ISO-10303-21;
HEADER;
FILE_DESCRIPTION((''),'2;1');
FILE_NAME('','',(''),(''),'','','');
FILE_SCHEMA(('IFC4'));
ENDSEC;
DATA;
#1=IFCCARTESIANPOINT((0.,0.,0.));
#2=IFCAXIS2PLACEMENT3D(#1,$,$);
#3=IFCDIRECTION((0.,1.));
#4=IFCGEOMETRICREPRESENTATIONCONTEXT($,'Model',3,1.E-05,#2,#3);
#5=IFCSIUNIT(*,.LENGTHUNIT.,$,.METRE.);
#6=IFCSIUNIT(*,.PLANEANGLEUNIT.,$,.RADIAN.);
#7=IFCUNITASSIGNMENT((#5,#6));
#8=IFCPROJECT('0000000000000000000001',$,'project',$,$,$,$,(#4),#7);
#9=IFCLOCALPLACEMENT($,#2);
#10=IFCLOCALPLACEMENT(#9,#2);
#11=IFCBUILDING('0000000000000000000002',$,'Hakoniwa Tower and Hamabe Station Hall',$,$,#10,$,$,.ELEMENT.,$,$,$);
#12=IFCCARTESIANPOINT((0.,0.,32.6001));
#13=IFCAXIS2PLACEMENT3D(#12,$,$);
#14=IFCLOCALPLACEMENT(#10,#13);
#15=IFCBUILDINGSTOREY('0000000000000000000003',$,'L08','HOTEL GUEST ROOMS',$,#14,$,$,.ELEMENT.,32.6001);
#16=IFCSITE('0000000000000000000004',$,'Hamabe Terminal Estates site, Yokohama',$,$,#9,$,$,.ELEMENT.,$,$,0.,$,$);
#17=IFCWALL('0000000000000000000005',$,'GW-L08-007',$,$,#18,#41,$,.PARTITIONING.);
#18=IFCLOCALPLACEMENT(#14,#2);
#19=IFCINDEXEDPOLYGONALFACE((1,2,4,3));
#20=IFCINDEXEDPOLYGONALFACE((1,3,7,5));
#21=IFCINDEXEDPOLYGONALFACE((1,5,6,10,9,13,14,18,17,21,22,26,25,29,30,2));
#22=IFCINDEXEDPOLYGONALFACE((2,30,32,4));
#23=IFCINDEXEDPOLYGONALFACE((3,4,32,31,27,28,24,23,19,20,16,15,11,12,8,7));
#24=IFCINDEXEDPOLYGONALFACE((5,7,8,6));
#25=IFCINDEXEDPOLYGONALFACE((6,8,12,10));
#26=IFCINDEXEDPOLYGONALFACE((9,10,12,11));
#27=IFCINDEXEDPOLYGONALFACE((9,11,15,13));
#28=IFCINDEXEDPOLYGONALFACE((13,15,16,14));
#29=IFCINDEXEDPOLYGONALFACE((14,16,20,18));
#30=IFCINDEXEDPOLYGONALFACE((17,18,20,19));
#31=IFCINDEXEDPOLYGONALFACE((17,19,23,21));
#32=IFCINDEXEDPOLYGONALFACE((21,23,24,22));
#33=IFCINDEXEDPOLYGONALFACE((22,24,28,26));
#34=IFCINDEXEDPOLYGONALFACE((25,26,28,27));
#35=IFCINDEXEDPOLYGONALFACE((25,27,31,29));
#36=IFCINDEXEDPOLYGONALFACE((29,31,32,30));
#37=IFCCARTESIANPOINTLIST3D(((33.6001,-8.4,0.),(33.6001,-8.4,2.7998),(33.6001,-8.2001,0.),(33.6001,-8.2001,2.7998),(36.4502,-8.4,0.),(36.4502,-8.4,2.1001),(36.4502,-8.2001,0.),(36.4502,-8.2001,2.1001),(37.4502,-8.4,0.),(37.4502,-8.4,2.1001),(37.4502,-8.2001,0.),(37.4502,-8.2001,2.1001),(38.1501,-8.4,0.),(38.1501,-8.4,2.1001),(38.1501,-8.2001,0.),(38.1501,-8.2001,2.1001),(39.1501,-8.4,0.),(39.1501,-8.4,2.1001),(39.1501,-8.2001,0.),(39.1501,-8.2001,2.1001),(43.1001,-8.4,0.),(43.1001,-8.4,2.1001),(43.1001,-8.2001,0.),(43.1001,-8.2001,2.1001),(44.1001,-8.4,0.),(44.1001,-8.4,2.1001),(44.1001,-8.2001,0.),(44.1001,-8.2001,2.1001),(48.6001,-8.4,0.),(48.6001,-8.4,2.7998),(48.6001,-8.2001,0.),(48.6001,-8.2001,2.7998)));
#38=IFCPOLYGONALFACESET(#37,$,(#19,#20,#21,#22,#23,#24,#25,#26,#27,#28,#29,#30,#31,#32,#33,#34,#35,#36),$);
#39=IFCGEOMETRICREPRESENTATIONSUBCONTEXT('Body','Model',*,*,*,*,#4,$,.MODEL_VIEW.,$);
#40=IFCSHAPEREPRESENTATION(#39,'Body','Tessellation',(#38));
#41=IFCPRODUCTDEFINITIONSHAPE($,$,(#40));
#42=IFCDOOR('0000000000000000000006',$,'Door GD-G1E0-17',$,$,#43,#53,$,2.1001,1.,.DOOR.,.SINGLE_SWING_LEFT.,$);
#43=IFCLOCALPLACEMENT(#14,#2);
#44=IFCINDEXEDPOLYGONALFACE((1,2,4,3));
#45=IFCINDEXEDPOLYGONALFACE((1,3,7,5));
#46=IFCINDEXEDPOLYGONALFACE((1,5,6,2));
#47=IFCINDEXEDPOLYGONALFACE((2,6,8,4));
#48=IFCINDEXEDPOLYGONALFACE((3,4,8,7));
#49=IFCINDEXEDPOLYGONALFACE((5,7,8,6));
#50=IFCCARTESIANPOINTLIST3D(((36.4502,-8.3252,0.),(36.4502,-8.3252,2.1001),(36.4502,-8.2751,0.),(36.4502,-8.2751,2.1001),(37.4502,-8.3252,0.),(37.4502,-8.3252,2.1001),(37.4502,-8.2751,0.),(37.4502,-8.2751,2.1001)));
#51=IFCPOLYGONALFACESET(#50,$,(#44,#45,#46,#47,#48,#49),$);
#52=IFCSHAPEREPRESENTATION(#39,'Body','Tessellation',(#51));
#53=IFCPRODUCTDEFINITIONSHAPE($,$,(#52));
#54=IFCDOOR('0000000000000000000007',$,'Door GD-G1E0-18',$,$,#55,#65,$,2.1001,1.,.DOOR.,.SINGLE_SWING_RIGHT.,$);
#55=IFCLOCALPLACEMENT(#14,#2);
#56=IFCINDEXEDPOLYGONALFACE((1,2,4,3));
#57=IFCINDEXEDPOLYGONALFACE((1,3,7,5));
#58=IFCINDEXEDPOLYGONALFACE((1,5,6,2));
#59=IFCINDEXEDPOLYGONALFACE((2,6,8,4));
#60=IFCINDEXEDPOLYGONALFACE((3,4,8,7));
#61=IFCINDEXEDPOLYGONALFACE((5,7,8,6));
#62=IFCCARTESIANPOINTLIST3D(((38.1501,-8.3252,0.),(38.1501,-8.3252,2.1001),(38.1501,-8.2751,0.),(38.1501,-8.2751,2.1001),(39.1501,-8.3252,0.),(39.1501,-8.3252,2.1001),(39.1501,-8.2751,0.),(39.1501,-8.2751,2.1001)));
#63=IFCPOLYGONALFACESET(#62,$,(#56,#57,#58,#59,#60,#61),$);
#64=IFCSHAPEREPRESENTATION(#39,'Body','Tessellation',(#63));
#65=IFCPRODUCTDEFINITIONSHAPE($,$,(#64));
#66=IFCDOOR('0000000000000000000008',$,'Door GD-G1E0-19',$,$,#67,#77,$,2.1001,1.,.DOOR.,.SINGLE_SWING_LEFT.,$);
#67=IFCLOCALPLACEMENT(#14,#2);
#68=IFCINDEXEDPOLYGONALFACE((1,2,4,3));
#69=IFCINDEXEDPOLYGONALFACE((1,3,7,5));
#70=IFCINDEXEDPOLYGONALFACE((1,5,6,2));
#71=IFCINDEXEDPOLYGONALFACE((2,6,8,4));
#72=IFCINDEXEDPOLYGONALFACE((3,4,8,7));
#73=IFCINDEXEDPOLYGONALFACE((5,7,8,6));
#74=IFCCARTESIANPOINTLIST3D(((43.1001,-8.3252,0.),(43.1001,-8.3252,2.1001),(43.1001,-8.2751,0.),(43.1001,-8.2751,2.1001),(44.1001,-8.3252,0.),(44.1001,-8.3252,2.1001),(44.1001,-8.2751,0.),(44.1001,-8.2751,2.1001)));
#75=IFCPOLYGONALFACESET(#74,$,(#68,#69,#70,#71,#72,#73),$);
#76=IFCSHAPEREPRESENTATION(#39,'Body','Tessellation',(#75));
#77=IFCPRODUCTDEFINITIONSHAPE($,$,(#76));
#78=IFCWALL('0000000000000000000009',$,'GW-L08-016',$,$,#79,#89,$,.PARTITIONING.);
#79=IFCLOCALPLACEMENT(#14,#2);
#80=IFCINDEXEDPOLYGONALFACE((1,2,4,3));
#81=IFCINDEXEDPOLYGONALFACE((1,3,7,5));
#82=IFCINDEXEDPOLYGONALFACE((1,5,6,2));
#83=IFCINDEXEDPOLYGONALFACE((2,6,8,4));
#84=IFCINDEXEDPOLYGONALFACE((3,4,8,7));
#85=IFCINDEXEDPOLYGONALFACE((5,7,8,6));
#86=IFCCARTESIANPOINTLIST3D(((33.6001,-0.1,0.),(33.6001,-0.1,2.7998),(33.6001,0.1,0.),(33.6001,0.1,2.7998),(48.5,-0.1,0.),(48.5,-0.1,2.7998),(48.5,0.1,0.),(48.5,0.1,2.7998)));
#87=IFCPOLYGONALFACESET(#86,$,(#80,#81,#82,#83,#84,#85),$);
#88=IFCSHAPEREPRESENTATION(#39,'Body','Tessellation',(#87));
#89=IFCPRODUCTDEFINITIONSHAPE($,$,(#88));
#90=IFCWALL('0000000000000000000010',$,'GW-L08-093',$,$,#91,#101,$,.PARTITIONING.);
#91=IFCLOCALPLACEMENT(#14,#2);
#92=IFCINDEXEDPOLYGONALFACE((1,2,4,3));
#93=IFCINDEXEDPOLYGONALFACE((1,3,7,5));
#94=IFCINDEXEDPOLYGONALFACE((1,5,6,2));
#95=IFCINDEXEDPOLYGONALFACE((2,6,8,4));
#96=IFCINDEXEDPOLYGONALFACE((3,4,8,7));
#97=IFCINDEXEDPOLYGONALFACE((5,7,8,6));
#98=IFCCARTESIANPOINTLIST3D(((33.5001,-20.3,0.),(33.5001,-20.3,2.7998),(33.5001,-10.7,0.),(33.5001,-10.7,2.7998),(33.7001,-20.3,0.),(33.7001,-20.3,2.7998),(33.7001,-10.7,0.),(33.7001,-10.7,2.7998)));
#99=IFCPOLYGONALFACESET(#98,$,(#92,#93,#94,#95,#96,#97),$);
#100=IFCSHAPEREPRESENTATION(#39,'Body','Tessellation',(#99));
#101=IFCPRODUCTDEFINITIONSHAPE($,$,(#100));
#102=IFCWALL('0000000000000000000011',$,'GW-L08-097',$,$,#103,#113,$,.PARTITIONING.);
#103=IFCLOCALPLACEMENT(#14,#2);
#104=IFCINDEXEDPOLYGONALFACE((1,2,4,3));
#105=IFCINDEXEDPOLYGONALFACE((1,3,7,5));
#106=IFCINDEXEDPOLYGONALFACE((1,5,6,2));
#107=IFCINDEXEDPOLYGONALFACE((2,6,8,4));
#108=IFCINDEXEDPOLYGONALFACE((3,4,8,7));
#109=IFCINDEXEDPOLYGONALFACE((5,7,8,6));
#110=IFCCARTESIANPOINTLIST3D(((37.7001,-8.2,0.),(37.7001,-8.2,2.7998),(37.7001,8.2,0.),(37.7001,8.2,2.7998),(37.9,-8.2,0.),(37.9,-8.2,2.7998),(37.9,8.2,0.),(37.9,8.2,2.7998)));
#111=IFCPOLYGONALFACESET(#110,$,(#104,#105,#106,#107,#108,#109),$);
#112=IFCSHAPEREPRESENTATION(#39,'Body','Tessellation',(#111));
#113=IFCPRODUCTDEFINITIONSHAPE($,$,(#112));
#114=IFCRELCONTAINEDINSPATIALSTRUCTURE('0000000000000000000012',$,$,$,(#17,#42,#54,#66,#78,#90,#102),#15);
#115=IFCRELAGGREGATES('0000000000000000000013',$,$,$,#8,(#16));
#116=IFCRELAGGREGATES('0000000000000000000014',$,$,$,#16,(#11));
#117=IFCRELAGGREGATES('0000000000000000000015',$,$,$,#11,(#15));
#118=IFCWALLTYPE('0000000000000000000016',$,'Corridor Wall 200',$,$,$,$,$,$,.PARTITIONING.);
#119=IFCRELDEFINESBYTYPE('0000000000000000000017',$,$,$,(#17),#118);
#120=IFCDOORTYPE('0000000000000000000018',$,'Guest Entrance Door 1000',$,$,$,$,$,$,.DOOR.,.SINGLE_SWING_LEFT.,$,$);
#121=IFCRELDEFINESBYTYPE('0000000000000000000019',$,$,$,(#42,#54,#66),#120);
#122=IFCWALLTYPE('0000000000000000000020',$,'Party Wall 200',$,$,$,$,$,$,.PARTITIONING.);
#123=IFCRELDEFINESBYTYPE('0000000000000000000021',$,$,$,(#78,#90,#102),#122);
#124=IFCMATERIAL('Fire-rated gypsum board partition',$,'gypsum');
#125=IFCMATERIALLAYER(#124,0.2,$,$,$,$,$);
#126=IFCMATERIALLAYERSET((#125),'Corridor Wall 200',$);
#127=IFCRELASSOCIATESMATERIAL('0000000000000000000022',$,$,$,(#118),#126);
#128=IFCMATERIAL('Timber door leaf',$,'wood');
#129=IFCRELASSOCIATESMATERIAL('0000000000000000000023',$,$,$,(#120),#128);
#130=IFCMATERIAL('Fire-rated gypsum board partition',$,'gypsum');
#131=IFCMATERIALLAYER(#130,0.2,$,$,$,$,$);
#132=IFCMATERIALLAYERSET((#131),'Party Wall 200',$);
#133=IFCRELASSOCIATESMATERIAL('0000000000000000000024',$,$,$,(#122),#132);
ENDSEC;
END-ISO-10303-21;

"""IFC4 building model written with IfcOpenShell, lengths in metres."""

from ifc_helpers import new_model, si_unit, direction, frame, frame_2d, origin, place, context, subcontext, project, spatial, rectangle, extrude, material, layer, layer_set, type_object, element, fill, save


model = new_model("IFC4")

# Units and contexts
model_context = context("Model", 3, precision=1e-05, world=origin(), true_north=direction((0.0, 1.0)))
body_context = subcontext(model_context, "Body", "Model", "MODEL_VIEW")
ifc_project = project(units=[si_unit("LENGTHUNIT", "METRE"), si_unit("PLANEANGLEUNIT", "RADIAN")], contexts=[model_context])

# Site, building, storey
site_placement = place(None, origin())
site = spatial("IfcSite", under=ifc_project, at=site_placement, Name="Hamabe Terminal Estates site, Yokohama", CompositionType="ELEMENT", RefElevation=0.0)
building_placement = place(site_placement, origin())
building = spatial("IfcBuilding", under=site, at=building_placement, Name="Hakoniwa Tower and Hamabe Station Hall", CompositionType="ELEMENT")
storey_placement = place(building_placement, frame((0.0, 0.0, 32.6001)))
storey = spatial("IfcBuildingStorey", under=building, at=storey_placement, Name="L08", Description="HOTEL GUEST ROOMS", CompositionType="ELEMENT", Elevation=32.6001)

# Wall, openings, doors
ifc_material_1 = material(Name="Fire-rated gypsum board partition", Category="gypsum")
ifc_layer_1 = layer(ifc_material_1, 0.2)
ifc_layer_set_1 = layer_set([ifc_layer_1], Name="Corridor Wall 200")
wall_type_1 = type_object("IfcWallType", Name="Corridor Wall 200", PredefinedType="PARTITIONING", material=ifc_layer_set_1)
wall_1_placement = place(storey_placement, frame((33.6001, -8.3, 0.0), z_axis=(0.0, 0.0, 1.0), x_axis=(1.0, 0.0, 0.0)))
wall_1 = element("IfcWall", 1, at=wall_1_placement, inside=storey, type_object=wall_type_1, Name="GW-L08-007", PredefinedType="PARTITIONING", context=body_context, shape_type="SweptSolid", body=[
    extrude(rectangle(XDim=15.0, YDim=0.2, at=frame_2d((7.5, 0.0))), origin(), (0.0, 0.0, 1.0), 2.7998),
])
opening_1_placement = place(wall_1_placement, frame((2.8501, 0.0, 0.0)))
opening_1 = element("IfcOpeningElement", 2, at=opening_1_placement, cuts=wall_1, PredefinedType="OPENING", context=body_context, shape_type="SweptSolid", body=[
    extrude(rectangle(XDim=1.0, YDim=2.1001, at=frame_2d((0.5, 1.05))), frame((0.0, 0.1099, 0.0), z_axis=(0.0, -1.0, 0.0), x_axis=(1.0, 0.0, 0.0)), (0.0, 0.0, 1.0), 0.22),
])
opening_2_placement = place(wall_1_placement, frame((4.55, 0.0, 0.0)))
opening_2 = element("IfcOpeningElement", 3, at=opening_2_placement, cuts=wall_1, PredefinedType="OPENING", context=body_context, shape_type="SweptSolid", body=[
    extrude(rectangle(XDim=1.0, YDim=2.1001, at=frame_2d((0.5, 1.05))), frame((0.0, 0.1099, 0.0), z_axis=(0.0, -1.0, 0.0), x_axis=(1.0, 0.0, 0.0)), (0.0, 0.0, 1.0), 0.22),
])
opening_3_placement = place(wall_1_placement, frame((9.5, 0.0, 0.0)))
opening_3 = element("IfcOpeningElement", 4, at=opening_3_placement, cuts=wall_1, PredefinedType="OPENING", context=body_context, shape_type="SweptSolid", body=[
    extrude(rectangle(XDim=1.0, YDim=2.1001, at=frame_2d((0.5, 1.05))), frame((0.0, 0.1099, 0.0), z_axis=(0.0, -1.0, 0.0), x_axis=(1.0, 0.0, 0.0)), (0.0, 0.0, 1.0), 0.22),
])
ifc_material_2 = material(Name="Timber door leaf", Category="wood")
door_type_1 = type_object("IfcDoorType", Name="Guest Entrance Door 1000", OperationType="SINGLE_SWING_LEFT", PredefinedType="DOOR", material=ifc_material_2)
door_1_placement = place(opening_1_placement, origin())
door_1 = element("IfcDoor", 5, at=door_1_placement, inside=storey, type_object=door_type_1, Name="Door GD-G1E0-17", OperationType="SINGLE_SWING_LEFT", OverallHeight=2.1001, OverallWidth=1.0, PredefinedType="DOOR", context=body_context, shape_type="SweptSolid", body=[
    extrude(rectangle(XDim=1.0, YDim=2.1001, at=frame_2d((0.5, 1.05))), frame((0.0, 0.0249, 0.0), z_axis=(0.0, -1.0, 0.0), x_axis=(1.0, 0.0, 0.0)), (0.0, 0.0, 1.0), 0.05),
])
fill(opening_1, door_1)
door_2_placement = place(opening_2_placement, origin())
door_2 = element("IfcDoor", 6, at=door_2_placement, inside=storey, type_object=door_type_1, Name="Door GD-G1E0-18", OperationType="SINGLE_SWING_RIGHT", OverallHeight=2.1001, OverallWidth=1.0, PredefinedType="DOOR", context=body_context, shape_type="SweptSolid", body=[
    extrude(rectangle(XDim=1.0, YDim=2.1001, at=frame_2d((0.5, 1.05))), frame((0.0, 0.0249, 0.0), z_axis=(0.0, -1.0, 0.0), x_axis=(1.0, 0.0, 0.0)), (0.0, 0.0, 1.0), 0.05),
])
fill(opening_2, door_2)
door_3_placement = place(opening_3_placement, origin())
door_3 = element("IfcDoor", 7, at=door_3_placement, inside=storey, type_object=door_type_1, Name="Door GD-G1E0-19", OperationType="SINGLE_SWING_LEFT", OverallHeight=2.1001, OverallWidth=1.0, PredefinedType="DOOR", context=body_context, shape_type="SweptSolid", body=[
    extrude(rectangle(XDim=1.0, YDim=2.1001, at=frame_2d((0.5, 1.05))), frame((0.0, 0.0249, 0.0), z_axis=(0.0, -1.0, 0.0), x_axis=(1.0, 0.0, 0.0)), (0.0, 0.0, 1.0), 0.05),
])
fill(opening_3, door_3)

# Walls
ifc_material_3 = material(Name="Fire-rated gypsum board partition", Category="gypsum")
ifc_layer_2 = layer(ifc_material_3, 0.2)
ifc_layer_set_2 = layer_set([ifc_layer_2], Name="Party Wall 200")
wall_type_2 = type_object("IfcWallType", Name="Party Wall 200", PredefinedType="PARTITIONING", material=ifc_layer_set_2)
wall_2_placement = place(storey_placement, frame((33.6001, 0.0, 0.0), z_axis=(0.0, 0.0, 1.0), x_axis=(1.0, 0.0, 0.0)))
element("IfcWall", 8, at=wall_2_placement, inside=storey, type_object=wall_type_2, Name="GW-L08-016", PredefinedType="PARTITIONING", context=body_context, shape_type="SweptSolid", body=[
    extrude(rectangle(XDim=14.8999, YDim=0.2, at=frame_2d((7.45, 0.0))), origin(), (0.0, 0.0, 1.0), 2.7998),
])
wall_3_placement = place(storey_placement, frame((33.6001, -20.3, 0.0), z_axis=(0.0, 0.0, 1.0), x_axis=(0.0, 1.0, 0.0)))
element("IfcWall", 9, at=wall_3_placement, inside=storey, type_object=wall_type_2, Name="GW-L08-093", PredefinedType="PARTITIONING", context=body_context, shape_type="SweptSolid", body=[
    extrude(rectangle(XDim=9.6001, YDim=0.2, at=frame_2d((4.8, 0.0))), origin(), (0.0, 0.0, 1.0), 2.7998),
])
wall_4_placement = place(storey_placement, frame((37.8, -8.2, 0.0), z_axis=(0.0, 0.0, 1.0), x_axis=(0.0, 1.0, 0.0)))
element("IfcWall", 10, at=wall_4_placement, inside=storey, type_object=wall_type_2, Name="GW-L08-097", PredefinedType="PARTITIONING", context=body_context, shape_type="SweptSolid", body=[
    extrude(rectangle(XDim=16.3999, YDim=0.2, at=frame_2d((8.2, 0.0))), origin(), (0.0, 0.0, 1.0), 2.7998),
])

save(model, "model.ifc")
